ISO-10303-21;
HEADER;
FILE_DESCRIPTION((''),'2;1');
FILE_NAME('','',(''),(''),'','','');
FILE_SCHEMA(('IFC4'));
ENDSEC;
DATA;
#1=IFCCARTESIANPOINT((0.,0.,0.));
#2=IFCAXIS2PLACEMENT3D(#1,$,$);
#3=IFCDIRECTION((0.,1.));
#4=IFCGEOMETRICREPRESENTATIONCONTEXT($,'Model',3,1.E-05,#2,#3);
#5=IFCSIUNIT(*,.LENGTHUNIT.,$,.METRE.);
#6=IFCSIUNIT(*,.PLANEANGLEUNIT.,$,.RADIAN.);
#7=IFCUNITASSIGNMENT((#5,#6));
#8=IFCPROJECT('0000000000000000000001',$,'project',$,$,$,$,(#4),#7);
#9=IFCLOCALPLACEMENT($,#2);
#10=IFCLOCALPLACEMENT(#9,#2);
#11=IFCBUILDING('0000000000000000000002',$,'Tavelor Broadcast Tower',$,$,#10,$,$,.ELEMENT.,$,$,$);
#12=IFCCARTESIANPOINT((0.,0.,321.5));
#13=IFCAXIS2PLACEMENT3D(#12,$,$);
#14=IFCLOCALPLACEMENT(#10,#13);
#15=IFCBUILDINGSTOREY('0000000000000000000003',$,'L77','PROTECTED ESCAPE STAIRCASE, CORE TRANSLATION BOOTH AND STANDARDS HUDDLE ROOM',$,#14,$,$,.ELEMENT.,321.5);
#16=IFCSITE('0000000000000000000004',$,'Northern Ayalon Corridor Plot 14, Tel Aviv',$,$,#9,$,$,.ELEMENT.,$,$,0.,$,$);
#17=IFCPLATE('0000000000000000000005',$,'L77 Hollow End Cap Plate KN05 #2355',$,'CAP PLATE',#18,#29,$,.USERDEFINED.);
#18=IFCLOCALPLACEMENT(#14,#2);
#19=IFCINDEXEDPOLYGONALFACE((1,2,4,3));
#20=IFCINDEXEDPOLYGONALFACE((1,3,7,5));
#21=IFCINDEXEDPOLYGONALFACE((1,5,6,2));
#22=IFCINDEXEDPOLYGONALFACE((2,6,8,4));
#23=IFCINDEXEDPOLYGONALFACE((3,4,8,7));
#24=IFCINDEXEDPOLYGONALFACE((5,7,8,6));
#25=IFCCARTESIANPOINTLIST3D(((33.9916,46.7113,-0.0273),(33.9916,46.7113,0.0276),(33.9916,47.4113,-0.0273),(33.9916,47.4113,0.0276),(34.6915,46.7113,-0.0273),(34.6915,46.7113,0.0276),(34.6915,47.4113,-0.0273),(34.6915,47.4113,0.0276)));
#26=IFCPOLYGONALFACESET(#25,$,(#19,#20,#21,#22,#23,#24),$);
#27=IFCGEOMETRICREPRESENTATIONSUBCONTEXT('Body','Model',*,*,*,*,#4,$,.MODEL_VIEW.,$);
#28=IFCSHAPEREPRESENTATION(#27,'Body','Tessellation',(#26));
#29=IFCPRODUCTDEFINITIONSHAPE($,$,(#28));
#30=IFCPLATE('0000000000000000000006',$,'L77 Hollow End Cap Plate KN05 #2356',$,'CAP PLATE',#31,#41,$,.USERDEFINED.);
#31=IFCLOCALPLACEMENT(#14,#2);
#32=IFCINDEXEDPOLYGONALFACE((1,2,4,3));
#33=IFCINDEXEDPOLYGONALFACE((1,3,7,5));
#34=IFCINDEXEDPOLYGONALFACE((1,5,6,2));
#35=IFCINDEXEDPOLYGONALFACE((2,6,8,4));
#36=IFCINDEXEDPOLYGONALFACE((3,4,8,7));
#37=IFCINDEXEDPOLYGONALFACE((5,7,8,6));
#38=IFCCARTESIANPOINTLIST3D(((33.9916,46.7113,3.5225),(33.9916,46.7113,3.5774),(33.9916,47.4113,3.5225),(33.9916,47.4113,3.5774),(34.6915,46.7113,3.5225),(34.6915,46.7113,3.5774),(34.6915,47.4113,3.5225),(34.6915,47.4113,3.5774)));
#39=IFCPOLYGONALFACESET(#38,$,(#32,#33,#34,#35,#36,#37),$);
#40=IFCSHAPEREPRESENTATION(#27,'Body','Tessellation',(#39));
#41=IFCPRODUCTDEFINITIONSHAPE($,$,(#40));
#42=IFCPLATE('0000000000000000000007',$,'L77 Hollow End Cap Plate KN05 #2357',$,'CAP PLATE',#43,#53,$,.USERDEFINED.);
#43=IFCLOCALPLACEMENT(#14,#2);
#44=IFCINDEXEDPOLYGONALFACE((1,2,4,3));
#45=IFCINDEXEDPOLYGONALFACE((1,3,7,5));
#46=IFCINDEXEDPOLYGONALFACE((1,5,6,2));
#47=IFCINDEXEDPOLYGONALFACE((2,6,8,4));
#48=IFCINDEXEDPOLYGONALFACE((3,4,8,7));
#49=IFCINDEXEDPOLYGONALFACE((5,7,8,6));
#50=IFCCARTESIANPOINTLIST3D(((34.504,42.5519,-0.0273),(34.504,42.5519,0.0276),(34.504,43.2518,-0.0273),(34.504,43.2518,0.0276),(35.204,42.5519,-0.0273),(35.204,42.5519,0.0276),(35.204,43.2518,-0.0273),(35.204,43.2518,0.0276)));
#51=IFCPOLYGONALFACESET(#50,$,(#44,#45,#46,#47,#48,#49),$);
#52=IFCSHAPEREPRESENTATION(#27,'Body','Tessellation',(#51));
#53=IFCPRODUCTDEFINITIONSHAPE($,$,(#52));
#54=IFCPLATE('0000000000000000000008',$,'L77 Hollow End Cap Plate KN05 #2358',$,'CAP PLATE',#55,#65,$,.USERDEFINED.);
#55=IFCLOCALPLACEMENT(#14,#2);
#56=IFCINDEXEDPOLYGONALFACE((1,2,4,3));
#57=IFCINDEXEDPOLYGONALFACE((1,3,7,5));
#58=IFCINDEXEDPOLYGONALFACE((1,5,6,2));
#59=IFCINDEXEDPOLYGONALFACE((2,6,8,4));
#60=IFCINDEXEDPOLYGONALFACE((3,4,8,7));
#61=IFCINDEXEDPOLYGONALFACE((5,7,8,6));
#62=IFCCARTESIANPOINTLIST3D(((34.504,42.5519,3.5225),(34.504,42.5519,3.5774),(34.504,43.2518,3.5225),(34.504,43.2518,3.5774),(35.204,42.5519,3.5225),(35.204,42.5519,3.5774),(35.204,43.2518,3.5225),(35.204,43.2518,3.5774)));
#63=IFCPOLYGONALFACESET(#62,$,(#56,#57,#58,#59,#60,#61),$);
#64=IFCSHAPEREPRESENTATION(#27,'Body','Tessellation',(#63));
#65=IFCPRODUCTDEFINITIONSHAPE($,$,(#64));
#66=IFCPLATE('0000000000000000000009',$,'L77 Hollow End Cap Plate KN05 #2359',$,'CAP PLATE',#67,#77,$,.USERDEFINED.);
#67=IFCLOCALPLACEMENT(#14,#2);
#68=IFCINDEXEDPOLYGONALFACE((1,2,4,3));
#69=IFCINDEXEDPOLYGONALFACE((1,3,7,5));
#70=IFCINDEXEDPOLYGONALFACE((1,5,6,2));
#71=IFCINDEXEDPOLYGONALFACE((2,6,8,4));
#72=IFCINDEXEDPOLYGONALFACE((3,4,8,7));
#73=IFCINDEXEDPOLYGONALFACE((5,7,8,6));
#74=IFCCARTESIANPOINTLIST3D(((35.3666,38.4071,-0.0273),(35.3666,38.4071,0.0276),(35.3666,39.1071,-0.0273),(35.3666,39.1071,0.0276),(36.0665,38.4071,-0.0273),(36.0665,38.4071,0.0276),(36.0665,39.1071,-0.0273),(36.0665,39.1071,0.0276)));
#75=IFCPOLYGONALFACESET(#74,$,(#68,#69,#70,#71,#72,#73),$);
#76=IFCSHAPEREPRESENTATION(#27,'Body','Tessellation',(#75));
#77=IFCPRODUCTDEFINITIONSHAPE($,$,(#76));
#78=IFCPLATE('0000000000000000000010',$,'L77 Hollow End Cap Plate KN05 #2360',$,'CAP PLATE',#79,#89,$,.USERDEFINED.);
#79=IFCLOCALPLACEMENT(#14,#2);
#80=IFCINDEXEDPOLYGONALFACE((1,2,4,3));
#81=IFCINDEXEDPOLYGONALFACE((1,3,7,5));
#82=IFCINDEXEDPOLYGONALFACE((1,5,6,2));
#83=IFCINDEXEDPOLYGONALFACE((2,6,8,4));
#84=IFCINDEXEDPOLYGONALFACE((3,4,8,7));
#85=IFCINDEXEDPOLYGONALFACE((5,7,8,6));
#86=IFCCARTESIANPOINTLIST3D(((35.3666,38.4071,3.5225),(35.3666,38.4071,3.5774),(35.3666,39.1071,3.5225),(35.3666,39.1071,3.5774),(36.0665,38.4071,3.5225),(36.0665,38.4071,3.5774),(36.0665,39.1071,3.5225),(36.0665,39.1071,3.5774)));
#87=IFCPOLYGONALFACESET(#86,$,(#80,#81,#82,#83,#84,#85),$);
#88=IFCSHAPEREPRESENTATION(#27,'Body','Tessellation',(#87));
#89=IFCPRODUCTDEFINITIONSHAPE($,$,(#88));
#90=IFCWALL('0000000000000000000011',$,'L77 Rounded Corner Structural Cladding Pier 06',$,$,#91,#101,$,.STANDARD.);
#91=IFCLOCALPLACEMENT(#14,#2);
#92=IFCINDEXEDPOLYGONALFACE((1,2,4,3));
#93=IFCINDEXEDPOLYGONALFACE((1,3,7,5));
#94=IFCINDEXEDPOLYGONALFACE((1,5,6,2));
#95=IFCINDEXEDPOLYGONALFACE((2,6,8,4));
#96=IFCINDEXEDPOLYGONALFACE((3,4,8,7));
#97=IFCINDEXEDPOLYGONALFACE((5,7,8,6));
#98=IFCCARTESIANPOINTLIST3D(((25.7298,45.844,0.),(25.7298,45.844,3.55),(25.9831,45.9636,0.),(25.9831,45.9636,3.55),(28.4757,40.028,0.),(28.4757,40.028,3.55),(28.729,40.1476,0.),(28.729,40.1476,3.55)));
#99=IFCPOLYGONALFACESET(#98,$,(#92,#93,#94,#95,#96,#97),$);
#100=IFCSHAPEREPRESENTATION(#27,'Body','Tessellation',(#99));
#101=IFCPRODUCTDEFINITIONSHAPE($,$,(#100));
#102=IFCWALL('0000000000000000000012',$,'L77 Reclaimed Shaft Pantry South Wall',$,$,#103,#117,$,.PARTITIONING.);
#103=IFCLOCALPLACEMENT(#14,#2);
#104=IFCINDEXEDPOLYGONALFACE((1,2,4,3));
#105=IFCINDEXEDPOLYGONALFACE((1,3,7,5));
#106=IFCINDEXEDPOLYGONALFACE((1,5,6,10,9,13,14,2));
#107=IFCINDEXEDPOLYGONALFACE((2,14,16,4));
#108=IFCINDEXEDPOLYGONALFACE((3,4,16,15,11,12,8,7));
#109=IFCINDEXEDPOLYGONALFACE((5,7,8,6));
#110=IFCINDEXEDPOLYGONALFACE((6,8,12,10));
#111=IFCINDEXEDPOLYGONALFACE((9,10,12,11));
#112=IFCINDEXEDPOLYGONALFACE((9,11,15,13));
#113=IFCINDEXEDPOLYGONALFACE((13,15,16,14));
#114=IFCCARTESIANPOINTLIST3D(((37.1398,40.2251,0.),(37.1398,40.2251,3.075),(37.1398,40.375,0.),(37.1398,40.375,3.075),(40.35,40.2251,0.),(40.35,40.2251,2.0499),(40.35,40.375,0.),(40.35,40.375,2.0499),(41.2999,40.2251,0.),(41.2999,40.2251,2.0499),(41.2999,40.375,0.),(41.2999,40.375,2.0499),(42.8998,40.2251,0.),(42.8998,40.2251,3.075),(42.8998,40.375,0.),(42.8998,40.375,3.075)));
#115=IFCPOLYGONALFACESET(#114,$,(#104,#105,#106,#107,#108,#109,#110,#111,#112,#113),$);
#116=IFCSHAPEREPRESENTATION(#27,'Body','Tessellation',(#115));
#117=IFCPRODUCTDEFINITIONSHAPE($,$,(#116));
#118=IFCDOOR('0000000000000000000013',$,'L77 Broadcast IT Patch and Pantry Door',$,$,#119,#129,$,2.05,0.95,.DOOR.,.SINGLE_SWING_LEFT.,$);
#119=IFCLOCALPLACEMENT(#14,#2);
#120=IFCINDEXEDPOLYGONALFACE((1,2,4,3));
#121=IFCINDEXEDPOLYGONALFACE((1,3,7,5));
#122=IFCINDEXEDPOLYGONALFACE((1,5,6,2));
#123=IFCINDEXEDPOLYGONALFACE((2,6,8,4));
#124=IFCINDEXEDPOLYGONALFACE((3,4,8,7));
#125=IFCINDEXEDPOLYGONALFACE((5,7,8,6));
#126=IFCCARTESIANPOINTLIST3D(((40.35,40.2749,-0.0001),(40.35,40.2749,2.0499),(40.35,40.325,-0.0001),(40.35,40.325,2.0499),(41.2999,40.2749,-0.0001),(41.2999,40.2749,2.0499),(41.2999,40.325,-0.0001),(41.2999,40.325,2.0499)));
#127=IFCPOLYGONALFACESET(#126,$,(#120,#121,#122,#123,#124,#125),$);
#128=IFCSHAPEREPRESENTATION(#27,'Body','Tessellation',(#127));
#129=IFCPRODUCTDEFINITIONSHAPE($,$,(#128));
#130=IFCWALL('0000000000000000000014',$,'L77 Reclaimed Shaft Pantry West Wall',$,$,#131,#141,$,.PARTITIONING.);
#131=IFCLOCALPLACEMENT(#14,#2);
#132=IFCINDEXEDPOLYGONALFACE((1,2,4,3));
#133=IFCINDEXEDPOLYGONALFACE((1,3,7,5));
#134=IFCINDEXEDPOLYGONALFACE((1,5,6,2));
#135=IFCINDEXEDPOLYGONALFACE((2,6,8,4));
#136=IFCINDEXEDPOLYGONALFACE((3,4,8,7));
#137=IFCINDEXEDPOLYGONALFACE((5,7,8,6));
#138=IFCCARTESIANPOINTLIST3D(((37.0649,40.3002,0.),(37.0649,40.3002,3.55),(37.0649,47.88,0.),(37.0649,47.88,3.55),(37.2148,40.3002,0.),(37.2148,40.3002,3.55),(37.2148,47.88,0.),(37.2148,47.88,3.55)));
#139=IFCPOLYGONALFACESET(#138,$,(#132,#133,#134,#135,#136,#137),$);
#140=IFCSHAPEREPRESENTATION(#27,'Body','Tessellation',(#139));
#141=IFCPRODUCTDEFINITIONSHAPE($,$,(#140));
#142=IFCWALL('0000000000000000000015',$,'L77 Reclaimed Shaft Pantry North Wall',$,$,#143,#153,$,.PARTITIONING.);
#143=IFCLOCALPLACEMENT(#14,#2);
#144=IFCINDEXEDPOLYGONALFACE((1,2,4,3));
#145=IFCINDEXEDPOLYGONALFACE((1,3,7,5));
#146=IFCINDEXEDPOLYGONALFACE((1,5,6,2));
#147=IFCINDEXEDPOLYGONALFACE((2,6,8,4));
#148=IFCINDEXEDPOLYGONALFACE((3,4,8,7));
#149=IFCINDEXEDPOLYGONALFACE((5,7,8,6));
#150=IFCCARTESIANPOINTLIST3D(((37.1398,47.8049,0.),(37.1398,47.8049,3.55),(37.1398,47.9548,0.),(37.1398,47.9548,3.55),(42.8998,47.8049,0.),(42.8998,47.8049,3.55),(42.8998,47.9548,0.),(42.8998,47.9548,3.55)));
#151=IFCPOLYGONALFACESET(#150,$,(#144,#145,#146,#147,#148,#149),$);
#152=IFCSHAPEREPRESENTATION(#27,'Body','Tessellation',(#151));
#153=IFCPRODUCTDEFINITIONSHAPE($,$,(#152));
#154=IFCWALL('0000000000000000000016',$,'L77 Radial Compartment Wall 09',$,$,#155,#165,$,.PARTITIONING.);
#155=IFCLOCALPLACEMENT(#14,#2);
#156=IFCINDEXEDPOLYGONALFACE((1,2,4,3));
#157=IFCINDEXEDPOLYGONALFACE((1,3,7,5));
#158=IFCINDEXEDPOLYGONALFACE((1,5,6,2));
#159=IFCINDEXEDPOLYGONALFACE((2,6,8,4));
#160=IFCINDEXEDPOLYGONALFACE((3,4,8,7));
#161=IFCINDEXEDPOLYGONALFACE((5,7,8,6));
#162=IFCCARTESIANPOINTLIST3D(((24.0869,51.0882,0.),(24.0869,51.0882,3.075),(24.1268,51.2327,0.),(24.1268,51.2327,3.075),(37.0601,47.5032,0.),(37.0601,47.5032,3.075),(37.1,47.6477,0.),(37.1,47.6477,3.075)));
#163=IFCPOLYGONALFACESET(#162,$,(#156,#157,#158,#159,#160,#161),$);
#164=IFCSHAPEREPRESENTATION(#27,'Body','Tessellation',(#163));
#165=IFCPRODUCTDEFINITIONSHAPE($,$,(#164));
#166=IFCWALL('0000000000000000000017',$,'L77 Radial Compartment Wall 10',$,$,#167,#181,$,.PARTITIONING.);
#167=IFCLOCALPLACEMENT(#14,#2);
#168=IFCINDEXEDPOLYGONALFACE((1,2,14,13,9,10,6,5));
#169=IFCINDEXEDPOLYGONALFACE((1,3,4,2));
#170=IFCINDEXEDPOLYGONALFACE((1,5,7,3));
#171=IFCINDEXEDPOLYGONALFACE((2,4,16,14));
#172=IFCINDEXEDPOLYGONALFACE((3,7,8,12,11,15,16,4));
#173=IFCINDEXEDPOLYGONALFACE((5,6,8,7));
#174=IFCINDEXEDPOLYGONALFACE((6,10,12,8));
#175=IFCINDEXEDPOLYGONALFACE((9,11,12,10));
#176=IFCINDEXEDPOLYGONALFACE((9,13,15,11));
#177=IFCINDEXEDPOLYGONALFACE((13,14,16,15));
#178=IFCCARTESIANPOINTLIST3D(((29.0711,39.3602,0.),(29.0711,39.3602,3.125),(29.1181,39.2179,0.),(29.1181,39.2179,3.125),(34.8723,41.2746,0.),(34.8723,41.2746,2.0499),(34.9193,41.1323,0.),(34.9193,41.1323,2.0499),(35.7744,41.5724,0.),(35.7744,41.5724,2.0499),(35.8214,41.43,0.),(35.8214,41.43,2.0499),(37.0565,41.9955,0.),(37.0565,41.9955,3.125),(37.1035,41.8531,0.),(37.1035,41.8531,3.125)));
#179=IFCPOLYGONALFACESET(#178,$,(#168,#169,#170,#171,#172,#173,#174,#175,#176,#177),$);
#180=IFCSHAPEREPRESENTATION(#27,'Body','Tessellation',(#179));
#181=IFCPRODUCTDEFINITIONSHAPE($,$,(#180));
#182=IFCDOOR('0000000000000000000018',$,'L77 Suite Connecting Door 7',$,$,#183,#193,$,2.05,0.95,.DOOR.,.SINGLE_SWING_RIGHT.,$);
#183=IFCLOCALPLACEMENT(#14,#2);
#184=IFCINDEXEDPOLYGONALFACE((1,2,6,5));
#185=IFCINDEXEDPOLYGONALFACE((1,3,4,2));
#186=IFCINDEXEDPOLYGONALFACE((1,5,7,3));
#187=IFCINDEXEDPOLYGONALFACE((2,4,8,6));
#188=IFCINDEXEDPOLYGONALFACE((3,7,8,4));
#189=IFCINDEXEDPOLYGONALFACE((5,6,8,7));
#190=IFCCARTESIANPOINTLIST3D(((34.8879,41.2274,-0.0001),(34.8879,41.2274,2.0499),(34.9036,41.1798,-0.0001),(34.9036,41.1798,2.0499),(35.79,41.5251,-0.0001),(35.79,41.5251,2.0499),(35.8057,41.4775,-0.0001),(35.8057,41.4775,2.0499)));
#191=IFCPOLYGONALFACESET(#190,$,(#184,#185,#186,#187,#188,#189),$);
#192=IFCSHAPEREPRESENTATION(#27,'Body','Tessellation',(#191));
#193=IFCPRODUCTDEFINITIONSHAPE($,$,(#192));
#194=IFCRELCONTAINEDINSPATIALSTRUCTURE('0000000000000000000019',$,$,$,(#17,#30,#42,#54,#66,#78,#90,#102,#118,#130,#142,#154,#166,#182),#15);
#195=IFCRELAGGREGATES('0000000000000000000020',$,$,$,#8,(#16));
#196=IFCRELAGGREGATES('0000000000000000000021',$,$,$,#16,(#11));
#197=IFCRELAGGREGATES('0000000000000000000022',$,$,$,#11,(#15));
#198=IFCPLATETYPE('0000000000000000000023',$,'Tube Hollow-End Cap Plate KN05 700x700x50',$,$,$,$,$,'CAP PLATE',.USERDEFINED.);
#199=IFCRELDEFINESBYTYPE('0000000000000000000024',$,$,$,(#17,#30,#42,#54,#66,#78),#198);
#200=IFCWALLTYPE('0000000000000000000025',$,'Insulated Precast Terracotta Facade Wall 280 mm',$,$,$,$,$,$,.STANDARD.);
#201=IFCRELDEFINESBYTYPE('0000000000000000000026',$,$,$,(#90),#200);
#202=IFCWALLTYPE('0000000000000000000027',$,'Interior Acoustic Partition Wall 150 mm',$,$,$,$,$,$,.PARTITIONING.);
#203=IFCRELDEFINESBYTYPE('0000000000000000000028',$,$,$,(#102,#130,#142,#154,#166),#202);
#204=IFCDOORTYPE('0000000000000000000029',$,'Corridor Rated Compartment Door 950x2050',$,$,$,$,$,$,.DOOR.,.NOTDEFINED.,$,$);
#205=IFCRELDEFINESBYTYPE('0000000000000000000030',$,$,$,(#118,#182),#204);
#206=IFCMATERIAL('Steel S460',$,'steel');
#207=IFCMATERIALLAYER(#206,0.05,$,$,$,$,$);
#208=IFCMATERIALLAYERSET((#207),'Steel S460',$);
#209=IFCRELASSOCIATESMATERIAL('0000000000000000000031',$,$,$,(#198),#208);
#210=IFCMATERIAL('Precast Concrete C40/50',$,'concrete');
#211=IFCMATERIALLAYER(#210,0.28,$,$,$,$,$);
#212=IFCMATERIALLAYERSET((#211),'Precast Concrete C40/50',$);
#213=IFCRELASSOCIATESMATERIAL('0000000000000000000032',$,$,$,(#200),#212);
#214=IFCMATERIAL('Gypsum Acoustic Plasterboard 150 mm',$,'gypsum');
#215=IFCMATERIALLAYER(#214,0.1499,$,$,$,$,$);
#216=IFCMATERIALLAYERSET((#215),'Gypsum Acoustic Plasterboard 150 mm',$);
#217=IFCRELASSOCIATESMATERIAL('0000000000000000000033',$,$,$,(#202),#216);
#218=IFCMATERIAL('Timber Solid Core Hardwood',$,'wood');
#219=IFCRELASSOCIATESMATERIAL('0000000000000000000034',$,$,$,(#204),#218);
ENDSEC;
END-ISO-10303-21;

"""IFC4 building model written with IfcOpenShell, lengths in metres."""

from ifc_helpers import new_model, si_unit, direction, frame, frame_2d, origin, origin_2d, place, context, subcontext, project, spatial, rectangle, extrude, source, transform, mapped, material, layer, layer_set, type_object, type_shapes, element, fill, save


model = new_model("IFC4")

# Units and contexts
model_context = context("Model", 3, precision=1e-05, world=origin(), true_north=direction((0.0, 1.0)))
body_context = subcontext(model_context, "Body", "Model", "MODEL_VIEW")
ifc_project = project(units=[si_unit("LENGTHUNIT", "METRE"), si_unit("PLANEANGLEUNIT", "RADIAN")], contexts=[model_context])

# Site, building, storey
site_placement = place(None, origin())
site = spatial("IfcSite", under=ifc_project, at=site_placement, Name="Northern Ayalon Corridor Plot 14, Tel Aviv", CompositionType="ELEMENT", RefElevation=0.0)
building_placement = place(site_placement, origin())
building = spatial("IfcBuilding", under=site, at=building_placement, Name="Tavelor Broadcast Tower", CompositionType="ELEMENT")
storey_placement = place(building_placement, frame((0.0, 0.0, 321.5)))
storey = spatial("IfcBuildingStorey", under=building, at=storey_placement, Name="L77", Description="PROTECTED ESCAPE STAIRCASE, CORE TRANSLATION BOOTH AND STANDARDS HUDDLE ROOM", CompositionType="ELEMENT", Elevation=321.5)

# Shared definitions
ifc_material_1 = material(Name="Steel S460", Category="steel")

# Plates
ifc_layer_1 = layer(ifc_material_1, 0.05)
ifc_layer_set_1 = layer_set([ifc_layer_1], Name="Steel S460")
plate_type = type_object("IfcPlateType", Name="Tube Hollow-End Cap Plate KN05 700x700x50", ElementType="CAP PLATE", PredefinedType="USERDEFINED", material=ifc_layer_set_1)
shared_shape_1 = source(origin(), body_context, "Body", "SweptSolid", [
    extrude(rectangle(XDim=0.7, YDim=0.7, at=origin_2d()), origin(), (0.0, 0.0, 1.0), 0.0549),
])
type_shapes(plate_type, [shared_shape_1])
for number, where, z_axis, x_axis, name in (
    (1, (34.3416, 47.0613, -0.0273), (0.0, 0.0, 1.0), (1.0, 0.0, 0.0), "L77 Hollow End Cap Plate KN05 #2355"),
    (2, (34.3416, 47.0613, 3.5225), (0.0, 0.0, 1.0), (1.0, 0.0, 0.0), "L77 Hollow End Cap Plate KN05 #2356"),
    (3, (34.854, 42.9019, -0.0273), (0.0, 0.0, 1.0), (1.0, 0.0, 0.0), "L77 Hollow End Cap Plate KN05 #2357"),
    (4, (34.854, 42.9019, 3.5225), (0.0, 0.0, 1.0), (1.0, 0.0, 0.0), "L77 Hollow End Cap Plate KN05 #2358"),
    (5, (35.7166, 38.7571, -0.0273), (0.0, 0.0, 1.0), (1.0, 0.0, 0.0), "L77 Hollow End Cap Plate KN05 #2359"),
    (6, (35.7166, 38.7571, 3.5225), (0.0, 0.0, 1.0), (1.0, 0.0, 0.0), "L77 Hollow End Cap Plate KN05 #2360"),
):
    element("IfcPlate", number, at=place(storey_placement, frame(where, z_axis=z_axis, x_axis=x_axis)), inside=storey, type_object=plate_type, Name=name, ObjectType="CAP PLATE", PredefinedType="USERDEFINED", context=body_context, shape_type="MappedRepresentation", body=[
        mapped(shared_shape_1, transform((0.0, 0.0, 0.0), scale=1.0)),
    ])

# Wall
ifc_material_2 = material(Name="Precast Concrete C40/50", Category="concrete")
ifc_layer_2 = layer(ifc_material_2, 0.28)
ifc_layer_set_2 = layer_set([ifc_layer_2], Name="Precast Concrete C40/50")
wall_type_1 = type_object("IfcWallType", Name="Insulated Precast Terracotta Facade Wall 280 mm", PredefinedType="STANDARD", material=ifc_layer_set_2)
wall_1_placement = place(storey_placement, frame((25.8564, 45.9038, 0.0), z_axis=(0.0, 0.0, 1.0), x_axis=(0.426936, -0.904282, 0.0)))
element("IfcWall", 7, at=wall_1_placement, inside=storey, type_object=wall_type_1, Name="L77 Rounded Corner Structural Cladding Pier 06", PredefinedType="STANDARD", context=body_context, shape_type="SweptSolid", body=[
    extrude(rectangle(XDim=6.4316, YDim=0.28, at=frame_2d((3.2158, 0.0))), origin(), (0.0, 0.0, 1.0), 3.55),
])

# Wall, opening, door
ifc_material_3 = material(Name="Gypsum Acoustic Plasterboard 150 mm", Category="gypsum")
ifc_layer_3 = layer(ifc_material_3, 0.1499)
ifc_layer_set_3 = layer_set([ifc_layer_3], Name="Gypsum Acoustic Plasterboard 150 mm")
wall_type_2 = type_object("IfcWallType", Name="Interior Acoustic Partition Wall 150 mm", PredefinedType="PARTITIONING", material=ifc_layer_set_3)
wall_2_placement = place(storey_placement, frame((37.1399, 40.3, 0.0), z_axis=(0.0, 0.0, 1.0), x_axis=(1.0, 0.0, 0.0)))
wall_2 = element("IfcWall", 8, at=wall_2_placement, inside=storey, type_object=wall_type_2, Name="L77 Reclaimed Shaft Pantry South Wall", PredefinedType="PARTITIONING", context=body_context, shape_type="SweptSolid", body=[
    extrude(rectangle(XDim=5.76, YDim=0.1499, at=frame_2d((2.8799, 0.0))), origin(), (0.0, 0.0, 1.0), 3.075),
])
opening_1_placement = place(wall_2_placement, frame((3.21, 0.0, 0.0)))
opening_1 = element("IfcOpeningElement", 9, at=opening_1_placement, cuts=wall_2, PredefinedType="OPENING", context=body_context, shape_type="SweptSolid", body=[
    extrude(rectangle(XDim=0.95, YDim=2.05, at=frame_2d((0.4751, 1.0249))), frame((0.0, 0.085, 0.0), z_axis=(0.0, -1.0, 0.0), x_axis=(1.0, 0.0, 0.0)), (0.0, 0.0, 1.0), 0.1699),
])
ifc_material_4 = material(Name="Timber Solid Core Hardwood", Category="wood")
door_type = type_object("IfcDoorType", Name="Corridor Rated Compartment Door 950x2050", OperationType="NOTDEFINED", PredefinedType="DOOR", material=ifc_material_4)
door_1_placement = place(opening_1_placement, origin())
door_1 = element("IfcDoor", 10, at=door_1_placement, inside=storey, type_object=door_type, Name="L77 Broadcast IT Patch and Pantry Door", OperationType="SINGLE_SWING_LEFT", OverallHeight=2.05, OverallWidth=0.95, PredefinedType="DOOR", context=body_context, shape_type="SweptSolid", body=[
    extrude(rectangle(XDim=0.95, YDim=2.05, at=frame_2d((0.4751, 1.0249))), frame((0.0, 0.0249, 0.0), z_axis=(0.0, -1.0, 0.0), x_axis=(1.0, 0.0, 0.0)), (0.0, 0.0, 1.0), 0.05),
])
fill(opening_1, door_1)

# Walls
wall_3_placement = place(storey_placement, frame((37.1399, 40.3, 0.0), z_axis=(0.0, 0.0, 1.0), x_axis=(0.0, 1.0, 0.0)))
element("IfcWall", 11, at=wall_3_placement, inside=storey, type_object=wall_type_2, Name="L77 Reclaimed Shaft Pantry West Wall", PredefinedType="PARTITIONING", context=body_context, shape_type="SweptSolid", body=[
    extrude(rectangle(XDim=7.5798, YDim=0.1499, at=frame_2d((3.79, 0.0))), origin(), (0.0, 0.0, 1.0), 3.55),
])
wall_4_placement = place(storey_placement, frame((37.1399, 47.8799, 0.0), z_axis=(0.0, 0.0, 1.0), x_axis=(1.0, 0.0, 0.0)))
element("IfcWall", 12, at=wall_4_placement, inside=storey, type_object=wall_type_2, Name="L77 Reclaimed Shaft Pantry North Wall", PredefinedType="PARTITIONING", context=body_context, shape_type="SweptSolid", body=[
    extrude(rectangle(XDim=5.76, YDim=0.1499, at=frame_2d((2.8799, 0.0))), origin(), (0.0, 0.0, 1.0), 3.55),
])
wall_5_placement = place(storey_placement, frame((37.0801, 47.5754, 0.0), z_axis=(0.0, 0.0, 1.0), x_axis=(-0.963875, 0.266354, 0.0)))
element("IfcWall", 13, at=wall_5_placement, inside=storey, type_object=wall_type_2, Name="L77 Radial Compartment Wall 09", PredefinedType="PARTITIONING", context=body_context, shape_type="SweptSolid", body=[
    extrude(rectangle(XDim=13.4595, YDim=0.1499, at=frame_2d((6.7297, 0.0))), origin(), (0.0, 0.0, 1.0), 3.075),
])

# Wall, opening, door
wall_6_placement = place(storey_placement, frame((37.0801, 41.9243, 0.0), z_axis=(0.0, 0.0, 1.0), x_axis=(-0.949626, -0.313387, 0.0)))
wall_6 = element("IfcWall", 14, at=wall_6_placement, inside=storey, type_object=wall_type_2, Name="L77 Radial Compartment Wall 10", PredefinedType="PARTITIONING", context=body_context, shape_type="SweptSolid", body=[
    extrude(rectangle(XDim=8.4089, YDim=0.1499, at=frame_2d((4.2046, 0.0))), origin(), (0.0, 0.0, 1.0), 3.125),
])
opening_2_placement = place(wall_6_placement, frame((1.3501, 0.0, 0.0)))
opening_2 = element("IfcOpeningElement", 15, at=opening_2_placement, cuts=wall_6, PredefinedType="OPENING", context=body_context, shape_type="SweptSolid", body=[
    extrude(rectangle(XDim=0.95, YDim=2.05, at=frame_2d((0.4751, 1.0249))), frame((0.0, 0.085, 0.0), z_axis=(0.0, -1.0, 0.0), x_axis=(1.0, 0.0, 0.0)), (0.0, 0.0, 1.0), 0.1699),
])
door_2_placement = place(opening_2_placement, origin())
door_2 = element("IfcDoor", 16, at=door_2_placement, inside=storey, type_object=door_type, Name="L77 Suite Connecting Door 7", OperationType="SINGLE_SWING_RIGHT", OverallHeight=2.05, OverallWidth=0.95, PredefinedType="DOOR", context=body_context, shape_type="SweptSolid", body=[
    extrude(rectangle(XDim=0.95, YDim=2.05, at=frame_2d((0.4751, 1.0249))), frame((0.0, 0.0249, 0.0), z_axis=(0.0, -1.0, 0.0), x_axis=(1.0, 0.0, 0.0)), (0.0, 0.0, 1.0), 0.05),
])
fill(opening_2, door_2)

save(model, "model.ifc")
